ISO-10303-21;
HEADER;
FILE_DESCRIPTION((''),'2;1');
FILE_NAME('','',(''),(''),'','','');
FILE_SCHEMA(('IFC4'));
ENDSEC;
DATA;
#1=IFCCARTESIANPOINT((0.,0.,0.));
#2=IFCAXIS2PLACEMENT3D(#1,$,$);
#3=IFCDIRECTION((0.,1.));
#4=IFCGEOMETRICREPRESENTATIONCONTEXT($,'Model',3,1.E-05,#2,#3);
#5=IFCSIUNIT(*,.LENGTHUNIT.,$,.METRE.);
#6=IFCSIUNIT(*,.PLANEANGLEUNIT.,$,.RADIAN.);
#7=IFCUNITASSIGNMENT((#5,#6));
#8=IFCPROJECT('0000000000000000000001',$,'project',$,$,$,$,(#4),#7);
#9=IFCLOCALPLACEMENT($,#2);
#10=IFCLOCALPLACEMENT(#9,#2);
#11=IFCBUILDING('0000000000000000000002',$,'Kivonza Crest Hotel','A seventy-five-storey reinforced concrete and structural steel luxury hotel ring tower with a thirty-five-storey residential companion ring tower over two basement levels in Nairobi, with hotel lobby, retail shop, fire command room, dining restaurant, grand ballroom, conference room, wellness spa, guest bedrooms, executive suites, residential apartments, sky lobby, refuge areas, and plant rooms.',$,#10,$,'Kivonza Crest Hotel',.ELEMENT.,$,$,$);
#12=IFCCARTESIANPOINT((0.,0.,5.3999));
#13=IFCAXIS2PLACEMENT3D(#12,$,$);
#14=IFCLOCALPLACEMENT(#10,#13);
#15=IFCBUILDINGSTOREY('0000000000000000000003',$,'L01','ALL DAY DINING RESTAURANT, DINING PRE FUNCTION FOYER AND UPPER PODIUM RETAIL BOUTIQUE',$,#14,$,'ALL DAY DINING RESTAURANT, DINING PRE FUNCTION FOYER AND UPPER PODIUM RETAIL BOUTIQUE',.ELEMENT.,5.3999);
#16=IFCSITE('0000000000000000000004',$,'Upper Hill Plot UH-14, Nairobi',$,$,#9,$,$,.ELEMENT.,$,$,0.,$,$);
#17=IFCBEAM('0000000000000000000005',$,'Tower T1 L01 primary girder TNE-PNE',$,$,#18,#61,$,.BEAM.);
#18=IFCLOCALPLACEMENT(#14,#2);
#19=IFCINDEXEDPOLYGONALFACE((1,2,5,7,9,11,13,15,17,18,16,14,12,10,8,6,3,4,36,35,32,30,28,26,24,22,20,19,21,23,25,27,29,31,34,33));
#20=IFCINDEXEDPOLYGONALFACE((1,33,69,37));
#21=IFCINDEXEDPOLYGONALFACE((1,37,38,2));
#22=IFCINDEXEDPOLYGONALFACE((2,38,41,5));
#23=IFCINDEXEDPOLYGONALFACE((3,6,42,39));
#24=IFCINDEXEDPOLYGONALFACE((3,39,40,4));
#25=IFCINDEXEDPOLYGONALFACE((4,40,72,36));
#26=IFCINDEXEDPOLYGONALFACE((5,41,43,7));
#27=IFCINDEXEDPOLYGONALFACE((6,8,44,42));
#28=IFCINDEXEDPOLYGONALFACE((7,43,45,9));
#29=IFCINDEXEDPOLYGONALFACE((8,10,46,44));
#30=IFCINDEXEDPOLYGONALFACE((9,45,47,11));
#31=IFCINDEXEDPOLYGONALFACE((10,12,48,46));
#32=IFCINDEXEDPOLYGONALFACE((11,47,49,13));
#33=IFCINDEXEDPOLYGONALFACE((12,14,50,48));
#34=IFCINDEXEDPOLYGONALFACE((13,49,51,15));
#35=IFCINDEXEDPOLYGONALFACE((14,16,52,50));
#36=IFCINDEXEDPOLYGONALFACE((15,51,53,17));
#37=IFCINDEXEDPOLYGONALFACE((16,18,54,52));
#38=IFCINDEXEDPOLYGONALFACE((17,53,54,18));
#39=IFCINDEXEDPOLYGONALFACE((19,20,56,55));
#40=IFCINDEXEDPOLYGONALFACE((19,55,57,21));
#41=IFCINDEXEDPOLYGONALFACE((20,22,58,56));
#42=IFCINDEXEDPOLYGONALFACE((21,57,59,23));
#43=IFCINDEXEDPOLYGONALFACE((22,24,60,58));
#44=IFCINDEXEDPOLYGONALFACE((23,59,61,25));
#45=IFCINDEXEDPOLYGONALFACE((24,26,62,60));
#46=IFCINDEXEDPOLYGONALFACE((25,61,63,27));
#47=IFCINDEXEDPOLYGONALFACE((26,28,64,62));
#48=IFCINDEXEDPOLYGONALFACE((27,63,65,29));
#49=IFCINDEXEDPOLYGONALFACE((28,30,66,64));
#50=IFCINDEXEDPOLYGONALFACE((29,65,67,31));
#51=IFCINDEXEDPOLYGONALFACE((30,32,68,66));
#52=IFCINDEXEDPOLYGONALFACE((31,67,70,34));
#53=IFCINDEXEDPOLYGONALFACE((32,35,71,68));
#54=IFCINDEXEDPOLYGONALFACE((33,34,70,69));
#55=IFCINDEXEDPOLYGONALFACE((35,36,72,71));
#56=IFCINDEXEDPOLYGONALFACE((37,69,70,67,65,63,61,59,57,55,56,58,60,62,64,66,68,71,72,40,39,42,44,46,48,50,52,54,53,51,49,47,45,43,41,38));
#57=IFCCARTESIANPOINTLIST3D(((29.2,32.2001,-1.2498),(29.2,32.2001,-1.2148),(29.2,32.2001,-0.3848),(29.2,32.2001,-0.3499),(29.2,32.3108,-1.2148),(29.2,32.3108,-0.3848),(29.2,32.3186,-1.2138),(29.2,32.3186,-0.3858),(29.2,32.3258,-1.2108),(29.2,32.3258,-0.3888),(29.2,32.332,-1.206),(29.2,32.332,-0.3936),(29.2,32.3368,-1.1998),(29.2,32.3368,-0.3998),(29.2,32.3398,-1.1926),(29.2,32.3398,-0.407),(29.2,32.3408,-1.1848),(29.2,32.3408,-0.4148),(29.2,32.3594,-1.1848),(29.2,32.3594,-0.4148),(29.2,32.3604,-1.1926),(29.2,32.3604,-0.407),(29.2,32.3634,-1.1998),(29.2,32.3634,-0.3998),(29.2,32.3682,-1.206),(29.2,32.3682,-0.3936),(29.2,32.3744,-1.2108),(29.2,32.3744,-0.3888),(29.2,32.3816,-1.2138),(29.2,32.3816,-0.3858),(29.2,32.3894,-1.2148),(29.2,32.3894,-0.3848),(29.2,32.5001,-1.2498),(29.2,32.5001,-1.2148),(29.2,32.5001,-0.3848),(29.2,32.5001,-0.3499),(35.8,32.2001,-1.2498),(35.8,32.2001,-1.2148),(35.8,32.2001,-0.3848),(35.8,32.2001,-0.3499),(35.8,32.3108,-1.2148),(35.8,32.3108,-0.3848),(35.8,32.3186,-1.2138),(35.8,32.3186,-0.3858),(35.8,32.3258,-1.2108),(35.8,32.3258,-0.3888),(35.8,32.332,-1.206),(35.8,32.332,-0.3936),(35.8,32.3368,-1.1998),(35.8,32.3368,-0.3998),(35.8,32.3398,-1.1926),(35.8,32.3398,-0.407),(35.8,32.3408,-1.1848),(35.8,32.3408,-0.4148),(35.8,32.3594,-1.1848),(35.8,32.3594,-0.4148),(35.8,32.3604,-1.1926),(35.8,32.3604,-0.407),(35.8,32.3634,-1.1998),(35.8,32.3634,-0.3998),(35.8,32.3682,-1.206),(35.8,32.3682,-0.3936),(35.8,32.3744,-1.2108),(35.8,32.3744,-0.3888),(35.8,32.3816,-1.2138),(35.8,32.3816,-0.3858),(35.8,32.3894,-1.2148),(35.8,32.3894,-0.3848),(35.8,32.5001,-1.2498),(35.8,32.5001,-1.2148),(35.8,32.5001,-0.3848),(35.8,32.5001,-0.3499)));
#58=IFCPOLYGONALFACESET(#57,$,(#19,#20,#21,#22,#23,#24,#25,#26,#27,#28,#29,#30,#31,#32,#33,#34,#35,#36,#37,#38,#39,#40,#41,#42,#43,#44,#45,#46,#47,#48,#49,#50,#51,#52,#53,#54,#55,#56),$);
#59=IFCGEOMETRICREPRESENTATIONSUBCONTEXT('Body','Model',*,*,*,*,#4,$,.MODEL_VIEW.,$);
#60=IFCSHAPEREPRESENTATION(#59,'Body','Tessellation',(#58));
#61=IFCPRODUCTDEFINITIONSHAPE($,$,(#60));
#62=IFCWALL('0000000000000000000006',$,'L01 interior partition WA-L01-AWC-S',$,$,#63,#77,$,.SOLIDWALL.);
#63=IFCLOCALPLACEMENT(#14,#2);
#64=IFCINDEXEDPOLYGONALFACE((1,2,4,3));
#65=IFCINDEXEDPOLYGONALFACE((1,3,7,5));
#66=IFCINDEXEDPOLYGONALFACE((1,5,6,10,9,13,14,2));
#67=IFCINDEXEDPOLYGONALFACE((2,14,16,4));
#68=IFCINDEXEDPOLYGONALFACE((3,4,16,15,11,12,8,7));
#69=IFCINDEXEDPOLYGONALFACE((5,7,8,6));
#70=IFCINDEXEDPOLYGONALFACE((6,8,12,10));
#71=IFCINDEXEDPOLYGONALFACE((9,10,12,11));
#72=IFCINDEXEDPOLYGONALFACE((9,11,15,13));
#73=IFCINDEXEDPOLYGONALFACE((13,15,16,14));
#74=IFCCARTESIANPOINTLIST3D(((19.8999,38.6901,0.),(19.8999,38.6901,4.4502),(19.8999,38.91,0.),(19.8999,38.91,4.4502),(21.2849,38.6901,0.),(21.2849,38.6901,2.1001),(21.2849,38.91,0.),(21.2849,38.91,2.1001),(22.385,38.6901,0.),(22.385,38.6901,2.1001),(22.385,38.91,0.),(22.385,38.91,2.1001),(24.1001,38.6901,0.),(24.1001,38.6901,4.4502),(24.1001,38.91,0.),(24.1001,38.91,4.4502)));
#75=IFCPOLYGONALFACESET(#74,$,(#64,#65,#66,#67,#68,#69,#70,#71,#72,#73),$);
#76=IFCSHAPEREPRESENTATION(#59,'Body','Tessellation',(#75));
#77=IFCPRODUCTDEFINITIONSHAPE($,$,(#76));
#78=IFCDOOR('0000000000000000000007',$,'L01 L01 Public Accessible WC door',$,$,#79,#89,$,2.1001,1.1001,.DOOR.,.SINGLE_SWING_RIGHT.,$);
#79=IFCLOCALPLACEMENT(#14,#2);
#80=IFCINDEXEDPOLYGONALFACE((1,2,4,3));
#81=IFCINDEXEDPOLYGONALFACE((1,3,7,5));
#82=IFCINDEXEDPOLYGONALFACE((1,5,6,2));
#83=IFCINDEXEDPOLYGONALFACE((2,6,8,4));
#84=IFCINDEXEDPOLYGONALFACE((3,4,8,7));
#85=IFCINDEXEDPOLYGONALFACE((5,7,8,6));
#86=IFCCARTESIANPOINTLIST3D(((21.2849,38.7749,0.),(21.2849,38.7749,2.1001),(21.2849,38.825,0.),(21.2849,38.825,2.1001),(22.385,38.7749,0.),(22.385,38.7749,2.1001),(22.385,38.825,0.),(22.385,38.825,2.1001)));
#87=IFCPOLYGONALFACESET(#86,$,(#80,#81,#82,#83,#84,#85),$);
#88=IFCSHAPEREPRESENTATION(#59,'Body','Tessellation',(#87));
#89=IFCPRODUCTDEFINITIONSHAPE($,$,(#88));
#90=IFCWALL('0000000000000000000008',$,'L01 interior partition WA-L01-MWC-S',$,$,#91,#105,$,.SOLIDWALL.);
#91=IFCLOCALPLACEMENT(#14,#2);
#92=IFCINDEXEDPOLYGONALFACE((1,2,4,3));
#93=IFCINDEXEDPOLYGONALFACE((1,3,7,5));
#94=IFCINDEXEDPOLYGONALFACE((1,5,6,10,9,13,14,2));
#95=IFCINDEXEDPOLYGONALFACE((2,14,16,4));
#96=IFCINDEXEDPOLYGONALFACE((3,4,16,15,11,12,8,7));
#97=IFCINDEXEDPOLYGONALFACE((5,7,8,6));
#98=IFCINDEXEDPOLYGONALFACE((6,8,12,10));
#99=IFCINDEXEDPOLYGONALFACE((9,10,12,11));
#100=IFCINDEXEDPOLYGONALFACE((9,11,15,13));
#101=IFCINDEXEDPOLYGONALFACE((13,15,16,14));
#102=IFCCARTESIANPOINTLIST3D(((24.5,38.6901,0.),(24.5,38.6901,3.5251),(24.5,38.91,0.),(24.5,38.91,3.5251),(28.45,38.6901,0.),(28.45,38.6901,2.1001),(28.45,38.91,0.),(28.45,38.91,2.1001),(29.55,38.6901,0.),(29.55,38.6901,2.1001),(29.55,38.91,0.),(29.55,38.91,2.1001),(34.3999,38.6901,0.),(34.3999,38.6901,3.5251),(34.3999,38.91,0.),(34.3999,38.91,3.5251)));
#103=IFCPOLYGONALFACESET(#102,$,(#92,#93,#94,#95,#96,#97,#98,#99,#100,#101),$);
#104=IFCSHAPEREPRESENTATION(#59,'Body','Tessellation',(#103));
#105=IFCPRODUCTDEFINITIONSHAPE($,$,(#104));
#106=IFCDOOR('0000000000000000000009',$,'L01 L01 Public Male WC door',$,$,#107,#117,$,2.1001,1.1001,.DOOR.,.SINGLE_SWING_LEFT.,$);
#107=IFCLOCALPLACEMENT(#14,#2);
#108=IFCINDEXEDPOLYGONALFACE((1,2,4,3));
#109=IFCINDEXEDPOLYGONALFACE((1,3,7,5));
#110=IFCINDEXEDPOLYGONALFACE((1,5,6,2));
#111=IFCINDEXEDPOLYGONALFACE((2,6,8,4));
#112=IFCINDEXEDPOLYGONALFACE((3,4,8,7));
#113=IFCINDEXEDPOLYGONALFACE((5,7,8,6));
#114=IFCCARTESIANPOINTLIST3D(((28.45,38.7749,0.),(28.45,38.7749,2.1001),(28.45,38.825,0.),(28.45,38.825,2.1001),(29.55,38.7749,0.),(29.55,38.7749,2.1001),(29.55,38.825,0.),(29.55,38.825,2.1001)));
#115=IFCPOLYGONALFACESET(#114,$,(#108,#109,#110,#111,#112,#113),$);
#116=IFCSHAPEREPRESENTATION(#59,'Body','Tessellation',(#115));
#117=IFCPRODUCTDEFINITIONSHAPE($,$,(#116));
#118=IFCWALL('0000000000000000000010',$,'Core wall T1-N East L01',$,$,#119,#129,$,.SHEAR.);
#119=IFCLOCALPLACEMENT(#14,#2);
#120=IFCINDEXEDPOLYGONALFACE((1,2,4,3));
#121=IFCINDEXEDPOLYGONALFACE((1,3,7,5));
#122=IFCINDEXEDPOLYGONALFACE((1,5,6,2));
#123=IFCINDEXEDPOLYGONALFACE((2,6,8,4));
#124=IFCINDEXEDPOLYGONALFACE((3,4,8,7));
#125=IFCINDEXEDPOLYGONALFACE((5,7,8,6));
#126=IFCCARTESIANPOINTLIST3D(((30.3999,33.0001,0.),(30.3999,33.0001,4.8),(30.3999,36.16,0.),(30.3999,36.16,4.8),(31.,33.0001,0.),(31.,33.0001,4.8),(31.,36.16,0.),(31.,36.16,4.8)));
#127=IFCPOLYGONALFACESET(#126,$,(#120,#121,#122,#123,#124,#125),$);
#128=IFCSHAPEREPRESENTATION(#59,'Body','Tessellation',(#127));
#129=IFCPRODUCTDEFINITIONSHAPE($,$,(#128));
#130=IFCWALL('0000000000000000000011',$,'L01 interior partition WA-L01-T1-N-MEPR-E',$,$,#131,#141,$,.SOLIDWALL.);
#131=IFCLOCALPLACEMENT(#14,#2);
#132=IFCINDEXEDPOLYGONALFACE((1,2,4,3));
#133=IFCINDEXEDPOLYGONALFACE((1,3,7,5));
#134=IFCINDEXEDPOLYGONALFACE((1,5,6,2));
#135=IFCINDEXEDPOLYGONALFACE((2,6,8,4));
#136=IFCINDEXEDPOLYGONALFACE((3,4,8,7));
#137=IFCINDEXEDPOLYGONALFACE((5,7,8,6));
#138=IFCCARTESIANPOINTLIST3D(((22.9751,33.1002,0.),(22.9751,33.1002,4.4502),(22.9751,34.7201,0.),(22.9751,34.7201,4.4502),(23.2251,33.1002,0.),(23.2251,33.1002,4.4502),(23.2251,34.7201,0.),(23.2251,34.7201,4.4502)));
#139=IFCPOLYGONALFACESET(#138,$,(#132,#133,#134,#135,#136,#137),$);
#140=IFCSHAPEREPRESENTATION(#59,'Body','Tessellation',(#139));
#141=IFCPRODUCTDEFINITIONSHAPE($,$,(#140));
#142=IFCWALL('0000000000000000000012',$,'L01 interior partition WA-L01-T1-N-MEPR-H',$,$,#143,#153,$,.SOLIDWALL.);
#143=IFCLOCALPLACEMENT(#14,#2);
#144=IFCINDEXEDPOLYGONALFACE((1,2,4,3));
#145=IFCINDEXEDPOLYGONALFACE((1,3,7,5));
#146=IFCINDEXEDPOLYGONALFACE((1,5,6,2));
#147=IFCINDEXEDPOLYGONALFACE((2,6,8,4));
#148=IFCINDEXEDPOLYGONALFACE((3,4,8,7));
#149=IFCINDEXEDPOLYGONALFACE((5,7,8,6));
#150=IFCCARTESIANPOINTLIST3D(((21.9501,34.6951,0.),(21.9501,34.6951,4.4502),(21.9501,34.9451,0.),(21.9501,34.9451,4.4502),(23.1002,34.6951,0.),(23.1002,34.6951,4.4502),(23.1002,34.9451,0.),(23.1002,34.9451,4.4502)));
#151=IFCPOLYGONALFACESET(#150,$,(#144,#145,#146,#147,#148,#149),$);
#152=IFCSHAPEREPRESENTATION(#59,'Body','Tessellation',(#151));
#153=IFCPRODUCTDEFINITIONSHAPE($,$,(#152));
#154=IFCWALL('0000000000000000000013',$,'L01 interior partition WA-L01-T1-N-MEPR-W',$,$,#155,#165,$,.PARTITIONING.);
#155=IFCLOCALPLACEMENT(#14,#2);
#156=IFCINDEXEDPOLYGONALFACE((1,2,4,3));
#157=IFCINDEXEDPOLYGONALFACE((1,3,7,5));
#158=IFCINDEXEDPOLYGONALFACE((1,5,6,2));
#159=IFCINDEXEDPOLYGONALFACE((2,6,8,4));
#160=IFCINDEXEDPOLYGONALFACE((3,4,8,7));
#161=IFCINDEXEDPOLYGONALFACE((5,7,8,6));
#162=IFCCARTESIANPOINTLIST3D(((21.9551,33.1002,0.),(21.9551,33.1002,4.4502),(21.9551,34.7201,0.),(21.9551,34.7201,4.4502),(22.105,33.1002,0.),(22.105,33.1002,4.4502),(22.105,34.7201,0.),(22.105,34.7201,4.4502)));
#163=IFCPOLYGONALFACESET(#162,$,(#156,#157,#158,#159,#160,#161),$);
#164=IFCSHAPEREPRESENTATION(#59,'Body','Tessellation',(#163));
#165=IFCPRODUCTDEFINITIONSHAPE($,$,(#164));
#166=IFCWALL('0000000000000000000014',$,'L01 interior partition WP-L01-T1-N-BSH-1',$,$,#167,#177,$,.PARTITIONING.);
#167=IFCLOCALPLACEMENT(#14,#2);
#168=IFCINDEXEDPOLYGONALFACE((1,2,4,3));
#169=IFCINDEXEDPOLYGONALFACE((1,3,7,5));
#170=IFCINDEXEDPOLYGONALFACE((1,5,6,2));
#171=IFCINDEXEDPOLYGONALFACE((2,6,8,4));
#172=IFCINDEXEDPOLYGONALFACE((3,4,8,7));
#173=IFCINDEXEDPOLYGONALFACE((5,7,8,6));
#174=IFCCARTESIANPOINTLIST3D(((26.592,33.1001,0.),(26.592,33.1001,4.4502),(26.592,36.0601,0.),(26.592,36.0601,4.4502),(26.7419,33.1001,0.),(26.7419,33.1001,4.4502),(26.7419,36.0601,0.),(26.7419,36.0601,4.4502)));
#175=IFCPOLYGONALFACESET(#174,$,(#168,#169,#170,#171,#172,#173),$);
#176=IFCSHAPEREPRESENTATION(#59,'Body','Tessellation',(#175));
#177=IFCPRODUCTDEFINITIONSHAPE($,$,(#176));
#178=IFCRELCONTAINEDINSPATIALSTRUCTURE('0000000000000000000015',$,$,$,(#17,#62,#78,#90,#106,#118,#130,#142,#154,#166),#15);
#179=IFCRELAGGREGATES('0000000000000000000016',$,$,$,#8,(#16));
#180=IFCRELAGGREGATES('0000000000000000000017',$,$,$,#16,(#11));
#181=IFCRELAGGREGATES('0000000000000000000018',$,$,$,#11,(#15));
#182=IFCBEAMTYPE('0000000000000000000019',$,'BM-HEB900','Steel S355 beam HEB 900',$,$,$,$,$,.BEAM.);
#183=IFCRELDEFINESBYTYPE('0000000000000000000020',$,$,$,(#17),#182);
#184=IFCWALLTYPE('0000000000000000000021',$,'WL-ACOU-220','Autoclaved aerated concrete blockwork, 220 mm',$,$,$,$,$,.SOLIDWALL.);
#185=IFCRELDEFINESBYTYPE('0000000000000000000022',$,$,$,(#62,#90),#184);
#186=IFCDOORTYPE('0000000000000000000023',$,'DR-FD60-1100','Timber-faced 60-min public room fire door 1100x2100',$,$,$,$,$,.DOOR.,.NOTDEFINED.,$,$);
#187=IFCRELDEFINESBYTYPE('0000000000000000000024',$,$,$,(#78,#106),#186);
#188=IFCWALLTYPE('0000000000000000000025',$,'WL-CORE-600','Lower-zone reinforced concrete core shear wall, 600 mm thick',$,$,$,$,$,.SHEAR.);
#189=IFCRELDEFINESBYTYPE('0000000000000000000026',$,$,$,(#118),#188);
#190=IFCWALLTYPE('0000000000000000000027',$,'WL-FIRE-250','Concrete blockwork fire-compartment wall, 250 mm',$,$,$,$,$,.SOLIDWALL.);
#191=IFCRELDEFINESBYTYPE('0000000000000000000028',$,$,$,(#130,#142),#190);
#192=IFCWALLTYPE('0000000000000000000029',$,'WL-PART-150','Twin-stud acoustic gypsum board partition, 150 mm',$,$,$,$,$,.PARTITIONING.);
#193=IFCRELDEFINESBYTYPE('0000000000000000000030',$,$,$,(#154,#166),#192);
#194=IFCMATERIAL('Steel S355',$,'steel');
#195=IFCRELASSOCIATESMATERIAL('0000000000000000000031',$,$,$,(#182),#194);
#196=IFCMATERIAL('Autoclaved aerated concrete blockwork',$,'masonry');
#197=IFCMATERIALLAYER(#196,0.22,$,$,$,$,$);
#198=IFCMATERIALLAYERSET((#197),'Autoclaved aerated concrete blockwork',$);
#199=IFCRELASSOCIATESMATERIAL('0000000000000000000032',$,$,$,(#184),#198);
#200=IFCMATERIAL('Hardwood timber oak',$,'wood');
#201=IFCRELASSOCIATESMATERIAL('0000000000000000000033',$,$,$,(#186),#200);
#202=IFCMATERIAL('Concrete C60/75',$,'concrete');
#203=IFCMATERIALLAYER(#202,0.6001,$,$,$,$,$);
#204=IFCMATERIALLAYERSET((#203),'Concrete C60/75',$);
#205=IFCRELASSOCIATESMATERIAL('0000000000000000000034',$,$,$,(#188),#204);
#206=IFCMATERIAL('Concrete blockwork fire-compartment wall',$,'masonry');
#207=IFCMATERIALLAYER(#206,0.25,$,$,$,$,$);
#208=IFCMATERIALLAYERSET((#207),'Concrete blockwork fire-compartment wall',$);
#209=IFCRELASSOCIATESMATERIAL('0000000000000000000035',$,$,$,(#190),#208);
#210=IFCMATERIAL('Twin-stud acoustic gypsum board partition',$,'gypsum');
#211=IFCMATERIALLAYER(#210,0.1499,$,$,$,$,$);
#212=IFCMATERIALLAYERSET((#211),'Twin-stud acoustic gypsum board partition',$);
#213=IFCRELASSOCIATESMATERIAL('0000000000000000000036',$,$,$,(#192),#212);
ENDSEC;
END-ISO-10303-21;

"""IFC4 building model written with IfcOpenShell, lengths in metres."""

from ifc_helpers import new_model, si_unit, direction, frame, frame_2d, origin, origin_2d, place, context, subcontext, project, spatial, rectangle, i_section, extrude, material, layer, layer_set, material_profile, profile_set, type_object, element, fill, save


model = new_model("IFC4")

# Units and contexts
model_context = context("Model", 3, precision=1e-05, world=origin(), true_north=direction((0.0, 1.0)))
body_context = subcontext(model_context, "Body", "Model", "MODEL_VIEW")
ifc_project = project(units=[si_unit("LENGTHUNIT", "METRE"), si_unit("PLANEANGLEUNIT", "RADIAN")], contexts=[model_context])

# Site, building, storey
site_placement = place(None, origin())
site = spatial("IfcSite", under=ifc_project, at=site_placement, Name="Upper Hill Plot UH-14, Nairobi", CompositionType="ELEMENT", RefElevation=0.0)
building_placement = place(site_placement, origin())
building = spatial("IfcBuilding", under=site, at=building_placement, Name="Kivonza Crest Hotel", Description="A seventy-five-storey reinforced concrete and structural steel luxury hotel ring tower with a thirty-five-storey residential companion ring tower over two basement levels in Nairobi, with hotel lobby, retail shop, fire command room, dining restaurant, grand ballroom, conference room, wellness spa, guest bedrooms, executive suites, residential apartments, sky lobby, refuge areas, and plant rooms.", LongName="Kivonza Crest Hotel", CompositionType="ELEMENT")
storey_placement = place(building_placement, frame((0.0, 0.0, 5.3999)))
storey = spatial("IfcBuildingStorey", under=building, at=storey_placement, Name="L01", Description="ALL DAY DINING RESTAURANT, DINING PRE FUNCTION FOYER AND UPPER PODIUM RETAIL BOUTIQUE", LongName="ALL DAY DINING RESTAURANT, DINING PRE FUNCTION FOYER AND UPPER PODIUM RETAIL BOUTIQUE", CompositionType="ELEMENT", Elevation=5.3999)

# Shared definitions
ifc_material_1 = material(Name="Concrete C60/75", Category="concrete")

# Beam
ifc_material_2 = material(Name="Steel S355", Category="steel")
ifc_material_profile_1 = material_profile(ifc_material_2, i_section(OverallWidth=0.3, OverallDepth=0.8999, WebThickness=0.0186, FlangeThickness=0.0349, FilletRadius=0.03, at=origin_2d()), Name="HEB 900")
ifc_profile_set_1 = profile_set([ifc_material_profile_1], Name="Steel S355")
beam_type_1 = type_object("IfcBeamType", Name="BM-HEB900", Description="Steel S355 beam HEB 900", PredefinedType="BEAM", material=ifc_profile_set_1)
beam_1_placement = place(storey_placement, frame((29.2, 32.3501, -0.7998), z_axis=(1.0, 0.0, 0.0), x_axis=(0.0, 1.0, 0.0)))
element("IfcBeam", 1, at=beam_1_placement, inside=storey, type_object=beam_type_1, Name="Tower T1 L01 primary girder TNE-PNE", PredefinedType="BEAM", context=body_context, shape_type="SweptSolid", body=[
    extrude(i_section(OverallWidth=0.3, OverallDepth=0.8999, WebThickness=0.0186, FlangeThickness=0.0349, FilletRadius=0.03, at=origin_2d()), origin(), (0.0, 0.0, 1.0), 6.6001),
])

# Walls, openings, doors
ifc_material_3 = material(Name="Autoclaved aerated concrete blockwork", Category="masonry")
ifc_layer_1 = layer(ifc_material_3, 0.22)
ifc_layer_set_1 = layer_set([ifc_layer_1], Name="Autoclaved aerated concrete blockwork")
wall_type_1 = type_object("IfcWallType", Name="WL-ACOU-220", Description="Autoclaved aerated concrete blockwork, 220 mm", PredefinedType="SOLIDWALL", material=ifc_layer_set_1)
wall_1_placement = place(storey_placement, frame((19.8999, 38.8, 0.0), z_axis=(0.0, 0.0, 1.0), x_axis=(1.0, 0.0, 0.0)))
wall_1 = element("IfcWall", 2, at=wall_1_placement, inside=storey, type_object=wall_type_1, Name="L01 interior partition WA-L01-AWC-S", PredefinedType="SOLIDWALL", context=body_context, shape_type="SweptSolid", body=[
    extrude(rectangle(XDim=4.2002, YDim=0.22, at=frame_2d((2.1001, 0.0))), origin(), (0.0, 0.0, 1.0), 4.4502),
])
opening_1_placement = place(wall_1_placement, frame((1.385, 0.0, 0.0)))
opening_1 = element("IfcOpeningElement", 3, at=opening_1_placement, cuts=wall_1, PredefinedType="OPENING", context=body_context, shape_type="SweptSolid", body=[
    extrude(rectangle(XDim=1.1001, YDim=2.1001, at=frame_2d((0.55, 1.05))), frame((0.0, 0.1201, 0.0), z_axis=(0.0, -1.0, 0.0), x_axis=(1.0, 0.0, 0.0)), (0.0, 0.0, 1.0), 0.24),
])
ifc_material_4 = material(Name="Hardwood timber oak", Category="wood")
door_type = type_object("IfcDoorType", Name="DR-FD60-1100", Description="Timber-faced 60-min public room fire door 1100x2100", OperationType="NOTDEFINED", PredefinedType="DOOR", material=ifc_material_4)
door_1_placement = place(opening_1_placement, origin())
door_1 = element("IfcDoor", 4, at=door_1_placement, inside=storey, type_object=door_type, Name="L01 L01 Public Accessible WC door", OperationType="SINGLE_SWING_RIGHT", OverallHeight=2.1001, OverallWidth=1.1001, PredefinedType="DOOR", context=body_context, shape_type="SweptSolid", body=[
    extrude(rectangle(XDim=1.1001, YDim=2.1001, at=frame_2d((0.55, 1.05))), frame((0.0, 0.0249, 0.0), z_axis=(0.0, -1.0, 0.0), x_axis=(1.0, 0.0, 0.0)), (0.0, 0.0, 1.0), 0.05),
])
fill(opening_1, door_1)
wall_2_placement = place(storey_placement, frame((24.5, 38.8, 0.0), z_axis=(0.0, 0.0, 1.0), x_axis=(1.0, 0.0, 0.0)))
wall_2 = element("IfcWall", 5, at=wall_2_placement, inside=storey, type_object=wall_type_1, Name="L01 interior partition WA-L01-MWC-S", PredefinedType="SOLIDWALL", context=body_context, shape_type="SweptSolid", body=[
    extrude(rectangle(XDim=9.8999, YDim=0.22, at=frame_2d((4.95, 0.0))), origin(), (0.0, 0.0, 1.0), 3.5251),
])
opening_2_placement = place(wall_2_placement, frame((3.95, 0.0, 0.0)))
opening_2 = element("IfcOpeningElement", 6, at=opening_2_placement, cuts=wall_2, PredefinedType="OPENING", context=body_context, shape_type="SweptSolid", body=[
    extrude(rectangle(XDim=1.1001, YDim=2.1001, at=frame_2d((0.55, 1.05))), frame((0.0, 0.1201, 0.0), z_axis=(0.0, -1.0, 0.0), x_axis=(1.0, 0.0, 0.0)), (0.0, 0.0, 1.0), 0.24),
])
door_2_placement = place(opening_2_placement, origin())
door_2 = element("IfcDoor", 7, at=door_2_placement, inside=storey, type_object=door_type, Name="L01 L01 Public Male WC door", OperationType="SINGLE_SWING_LEFT", OverallHeight=2.1001, OverallWidth=1.1001, PredefinedType="DOOR", context=body_context, shape_type="SweptSolid", body=[
    extrude(rectangle(XDim=1.1001, YDim=2.1001, at=frame_2d((0.55, 1.05))), frame((0.0, 0.0249, 0.0), z_axis=(0.0, -1.0, 0.0), x_axis=(1.0, 0.0, 0.0)), (0.0, 0.0, 1.0), 0.05),
])
fill(opening_2, door_2)

# Walls
ifc_layer_2 = layer(ifc_material_1, 0.6001)
ifc_layer_set_2 = layer_set([ifc_layer_2], Name="Concrete C60/75")
wall_type_2 = type_object("IfcWallType", Name="WL-CORE-600", Description="Lower-zone reinforced concrete core shear wall, 600 mm thick", PredefinedType="SHEAR", material=ifc_layer_set_2)
wall_3_placement = place(storey_placement, frame((30.7, 33.0, 0.0), z_axis=(0.0, 0.0, 1.0), x_axis=(0.0, 1.0, 0.0)))
element("IfcWall", 8, at=wall_3_placement, inside=storey, type_object=wall_type_2, Name="Core wall T1-N East L01", PredefinedType="SHEAR", context=body_context, shape_type="SweptSolid", body=[
    extrude(rectangle(XDim=3.1599, YDim=0.6001, at=frame_2d((1.5801, 0.0))), origin(), (0.0, 0.0, 1.0), 4.8),
])
ifc_material_5 = material(Name="Concrete blockwork fire-compartment wall", Category="masonry")
ifc_layer_3 = layer(ifc_material_5, 0.25)
ifc_layer_set_3 = layer_set([ifc_layer_3], Name="Concrete blockwork fire-compartment wall")
wall_type_3 = type_object("IfcWallType", Name="WL-FIRE-250", Description="Concrete blockwork fire-compartment wall, 250 mm", PredefinedType="SOLIDWALL", material=ifc_layer_set_3)
wall_4_placement = place(storey_placement, frame((23.1001, 33.1001, 0.0), z_axis=(0.0, 0.0, 1.0), x_axis=(0.0, 1.0, 0.0)))
element("IfcWall", 9, at=wall_4_placement, inside=storey, type_object=wall_type_3, Name="L01 interior partition WA-L01-T1-N-MEPR-E", PredefinedType="SOLIDWALL", context=body_context, shape_type="SweptSolid", body=[
    extrude(rectangle(XDim=1.6199, YDim=0.25, at=frame_2d((0.8101, 0.0))), origin(), (0.0, 0.0, 1.0), 4.4502),
])
wall_5_placement = place(storey_placement, frame((21.95, 34.8201, 0.0), z_axis=(0.0, 0.0, 1.0), x_axis=(1.0, 0.0, 0.0)))
element("IfcWall", 10, at=wall_5_placement, inside=storey, type_object=wall_type_3, Name="L01 interior partition WA-L01-T1-N-MEPR-H", PredefinedType="SOLIDWALL", context=body_context, shape_type="SweptSolid", body=[
    extrude(rectangle(XDim=1.1501, YDim=0.25, at=frame_2d((0.5752, 0.0))), origin(), (0.0, 0.0, 1.0), 4.4502),
])
ifc_material_6 = material(Name="Twin-stud acoustic gypsum board partition", Category="gypsum")
ifc_layer_4 = layer(ifc_material_6, 0.1499)
ifc_layer_set_4 = layer_set([ifc_layer_4], Name="Twin-stud acoustic gypsum board partition")
wall_type_4 = type_object("IfcWallType", Name="WL-PART-150", Description="Twin-stud acoustic gypsum board partition, 150 mm", PredefinedType="PARTITIONING", material=ifc_layer_set_4)
wall_6_placement = place(storey_placement, frame((22.03, 33.1001, 0.0), z_axis=(0.0, 0.0, 1.0), x_axis=(0.0, 1.0, 0.0)))
element("IfcWall", 11, at=wall_6_placement, inside=storey, type_object=wall_type_4, Name="L01 interior partition WA-L01-T1-N-MEPR-W", PredefinedType="PARTITIONING", context=body_context, shape_type="SweptSolid", body=[
    extrude(rectangle(XDim=1.6199, YDim=0.1499, at=frame_2d((0.8101, 0.0))), origin(), (0.0, 0.0, 1.0), 4.4502),
])
wall_7_placement = place(storey_placement, frame((26.667, 33.1001, 0.0), z_axis=(0.0, 0.0, 1.0), x_axis=(0.0, 1.0, 0.0)))
element("IfcWall", 12, at=wall_7_placement, inside=storey, type_object=wall_type_4, Name="L01 interior partition WP-L01-T1-N-BSH-1", PredefinedType="PARTITIONING", context=body_context, shape_type="SweptSolid", body=[
    extrude(rectangle(XDim=2.96, YDim=0.1499, at=frame_2d((1.48, 0.0))), origin(), (0.0, 0.0, 1.0), 4.4502),
])

save(model, "model.ifc")
